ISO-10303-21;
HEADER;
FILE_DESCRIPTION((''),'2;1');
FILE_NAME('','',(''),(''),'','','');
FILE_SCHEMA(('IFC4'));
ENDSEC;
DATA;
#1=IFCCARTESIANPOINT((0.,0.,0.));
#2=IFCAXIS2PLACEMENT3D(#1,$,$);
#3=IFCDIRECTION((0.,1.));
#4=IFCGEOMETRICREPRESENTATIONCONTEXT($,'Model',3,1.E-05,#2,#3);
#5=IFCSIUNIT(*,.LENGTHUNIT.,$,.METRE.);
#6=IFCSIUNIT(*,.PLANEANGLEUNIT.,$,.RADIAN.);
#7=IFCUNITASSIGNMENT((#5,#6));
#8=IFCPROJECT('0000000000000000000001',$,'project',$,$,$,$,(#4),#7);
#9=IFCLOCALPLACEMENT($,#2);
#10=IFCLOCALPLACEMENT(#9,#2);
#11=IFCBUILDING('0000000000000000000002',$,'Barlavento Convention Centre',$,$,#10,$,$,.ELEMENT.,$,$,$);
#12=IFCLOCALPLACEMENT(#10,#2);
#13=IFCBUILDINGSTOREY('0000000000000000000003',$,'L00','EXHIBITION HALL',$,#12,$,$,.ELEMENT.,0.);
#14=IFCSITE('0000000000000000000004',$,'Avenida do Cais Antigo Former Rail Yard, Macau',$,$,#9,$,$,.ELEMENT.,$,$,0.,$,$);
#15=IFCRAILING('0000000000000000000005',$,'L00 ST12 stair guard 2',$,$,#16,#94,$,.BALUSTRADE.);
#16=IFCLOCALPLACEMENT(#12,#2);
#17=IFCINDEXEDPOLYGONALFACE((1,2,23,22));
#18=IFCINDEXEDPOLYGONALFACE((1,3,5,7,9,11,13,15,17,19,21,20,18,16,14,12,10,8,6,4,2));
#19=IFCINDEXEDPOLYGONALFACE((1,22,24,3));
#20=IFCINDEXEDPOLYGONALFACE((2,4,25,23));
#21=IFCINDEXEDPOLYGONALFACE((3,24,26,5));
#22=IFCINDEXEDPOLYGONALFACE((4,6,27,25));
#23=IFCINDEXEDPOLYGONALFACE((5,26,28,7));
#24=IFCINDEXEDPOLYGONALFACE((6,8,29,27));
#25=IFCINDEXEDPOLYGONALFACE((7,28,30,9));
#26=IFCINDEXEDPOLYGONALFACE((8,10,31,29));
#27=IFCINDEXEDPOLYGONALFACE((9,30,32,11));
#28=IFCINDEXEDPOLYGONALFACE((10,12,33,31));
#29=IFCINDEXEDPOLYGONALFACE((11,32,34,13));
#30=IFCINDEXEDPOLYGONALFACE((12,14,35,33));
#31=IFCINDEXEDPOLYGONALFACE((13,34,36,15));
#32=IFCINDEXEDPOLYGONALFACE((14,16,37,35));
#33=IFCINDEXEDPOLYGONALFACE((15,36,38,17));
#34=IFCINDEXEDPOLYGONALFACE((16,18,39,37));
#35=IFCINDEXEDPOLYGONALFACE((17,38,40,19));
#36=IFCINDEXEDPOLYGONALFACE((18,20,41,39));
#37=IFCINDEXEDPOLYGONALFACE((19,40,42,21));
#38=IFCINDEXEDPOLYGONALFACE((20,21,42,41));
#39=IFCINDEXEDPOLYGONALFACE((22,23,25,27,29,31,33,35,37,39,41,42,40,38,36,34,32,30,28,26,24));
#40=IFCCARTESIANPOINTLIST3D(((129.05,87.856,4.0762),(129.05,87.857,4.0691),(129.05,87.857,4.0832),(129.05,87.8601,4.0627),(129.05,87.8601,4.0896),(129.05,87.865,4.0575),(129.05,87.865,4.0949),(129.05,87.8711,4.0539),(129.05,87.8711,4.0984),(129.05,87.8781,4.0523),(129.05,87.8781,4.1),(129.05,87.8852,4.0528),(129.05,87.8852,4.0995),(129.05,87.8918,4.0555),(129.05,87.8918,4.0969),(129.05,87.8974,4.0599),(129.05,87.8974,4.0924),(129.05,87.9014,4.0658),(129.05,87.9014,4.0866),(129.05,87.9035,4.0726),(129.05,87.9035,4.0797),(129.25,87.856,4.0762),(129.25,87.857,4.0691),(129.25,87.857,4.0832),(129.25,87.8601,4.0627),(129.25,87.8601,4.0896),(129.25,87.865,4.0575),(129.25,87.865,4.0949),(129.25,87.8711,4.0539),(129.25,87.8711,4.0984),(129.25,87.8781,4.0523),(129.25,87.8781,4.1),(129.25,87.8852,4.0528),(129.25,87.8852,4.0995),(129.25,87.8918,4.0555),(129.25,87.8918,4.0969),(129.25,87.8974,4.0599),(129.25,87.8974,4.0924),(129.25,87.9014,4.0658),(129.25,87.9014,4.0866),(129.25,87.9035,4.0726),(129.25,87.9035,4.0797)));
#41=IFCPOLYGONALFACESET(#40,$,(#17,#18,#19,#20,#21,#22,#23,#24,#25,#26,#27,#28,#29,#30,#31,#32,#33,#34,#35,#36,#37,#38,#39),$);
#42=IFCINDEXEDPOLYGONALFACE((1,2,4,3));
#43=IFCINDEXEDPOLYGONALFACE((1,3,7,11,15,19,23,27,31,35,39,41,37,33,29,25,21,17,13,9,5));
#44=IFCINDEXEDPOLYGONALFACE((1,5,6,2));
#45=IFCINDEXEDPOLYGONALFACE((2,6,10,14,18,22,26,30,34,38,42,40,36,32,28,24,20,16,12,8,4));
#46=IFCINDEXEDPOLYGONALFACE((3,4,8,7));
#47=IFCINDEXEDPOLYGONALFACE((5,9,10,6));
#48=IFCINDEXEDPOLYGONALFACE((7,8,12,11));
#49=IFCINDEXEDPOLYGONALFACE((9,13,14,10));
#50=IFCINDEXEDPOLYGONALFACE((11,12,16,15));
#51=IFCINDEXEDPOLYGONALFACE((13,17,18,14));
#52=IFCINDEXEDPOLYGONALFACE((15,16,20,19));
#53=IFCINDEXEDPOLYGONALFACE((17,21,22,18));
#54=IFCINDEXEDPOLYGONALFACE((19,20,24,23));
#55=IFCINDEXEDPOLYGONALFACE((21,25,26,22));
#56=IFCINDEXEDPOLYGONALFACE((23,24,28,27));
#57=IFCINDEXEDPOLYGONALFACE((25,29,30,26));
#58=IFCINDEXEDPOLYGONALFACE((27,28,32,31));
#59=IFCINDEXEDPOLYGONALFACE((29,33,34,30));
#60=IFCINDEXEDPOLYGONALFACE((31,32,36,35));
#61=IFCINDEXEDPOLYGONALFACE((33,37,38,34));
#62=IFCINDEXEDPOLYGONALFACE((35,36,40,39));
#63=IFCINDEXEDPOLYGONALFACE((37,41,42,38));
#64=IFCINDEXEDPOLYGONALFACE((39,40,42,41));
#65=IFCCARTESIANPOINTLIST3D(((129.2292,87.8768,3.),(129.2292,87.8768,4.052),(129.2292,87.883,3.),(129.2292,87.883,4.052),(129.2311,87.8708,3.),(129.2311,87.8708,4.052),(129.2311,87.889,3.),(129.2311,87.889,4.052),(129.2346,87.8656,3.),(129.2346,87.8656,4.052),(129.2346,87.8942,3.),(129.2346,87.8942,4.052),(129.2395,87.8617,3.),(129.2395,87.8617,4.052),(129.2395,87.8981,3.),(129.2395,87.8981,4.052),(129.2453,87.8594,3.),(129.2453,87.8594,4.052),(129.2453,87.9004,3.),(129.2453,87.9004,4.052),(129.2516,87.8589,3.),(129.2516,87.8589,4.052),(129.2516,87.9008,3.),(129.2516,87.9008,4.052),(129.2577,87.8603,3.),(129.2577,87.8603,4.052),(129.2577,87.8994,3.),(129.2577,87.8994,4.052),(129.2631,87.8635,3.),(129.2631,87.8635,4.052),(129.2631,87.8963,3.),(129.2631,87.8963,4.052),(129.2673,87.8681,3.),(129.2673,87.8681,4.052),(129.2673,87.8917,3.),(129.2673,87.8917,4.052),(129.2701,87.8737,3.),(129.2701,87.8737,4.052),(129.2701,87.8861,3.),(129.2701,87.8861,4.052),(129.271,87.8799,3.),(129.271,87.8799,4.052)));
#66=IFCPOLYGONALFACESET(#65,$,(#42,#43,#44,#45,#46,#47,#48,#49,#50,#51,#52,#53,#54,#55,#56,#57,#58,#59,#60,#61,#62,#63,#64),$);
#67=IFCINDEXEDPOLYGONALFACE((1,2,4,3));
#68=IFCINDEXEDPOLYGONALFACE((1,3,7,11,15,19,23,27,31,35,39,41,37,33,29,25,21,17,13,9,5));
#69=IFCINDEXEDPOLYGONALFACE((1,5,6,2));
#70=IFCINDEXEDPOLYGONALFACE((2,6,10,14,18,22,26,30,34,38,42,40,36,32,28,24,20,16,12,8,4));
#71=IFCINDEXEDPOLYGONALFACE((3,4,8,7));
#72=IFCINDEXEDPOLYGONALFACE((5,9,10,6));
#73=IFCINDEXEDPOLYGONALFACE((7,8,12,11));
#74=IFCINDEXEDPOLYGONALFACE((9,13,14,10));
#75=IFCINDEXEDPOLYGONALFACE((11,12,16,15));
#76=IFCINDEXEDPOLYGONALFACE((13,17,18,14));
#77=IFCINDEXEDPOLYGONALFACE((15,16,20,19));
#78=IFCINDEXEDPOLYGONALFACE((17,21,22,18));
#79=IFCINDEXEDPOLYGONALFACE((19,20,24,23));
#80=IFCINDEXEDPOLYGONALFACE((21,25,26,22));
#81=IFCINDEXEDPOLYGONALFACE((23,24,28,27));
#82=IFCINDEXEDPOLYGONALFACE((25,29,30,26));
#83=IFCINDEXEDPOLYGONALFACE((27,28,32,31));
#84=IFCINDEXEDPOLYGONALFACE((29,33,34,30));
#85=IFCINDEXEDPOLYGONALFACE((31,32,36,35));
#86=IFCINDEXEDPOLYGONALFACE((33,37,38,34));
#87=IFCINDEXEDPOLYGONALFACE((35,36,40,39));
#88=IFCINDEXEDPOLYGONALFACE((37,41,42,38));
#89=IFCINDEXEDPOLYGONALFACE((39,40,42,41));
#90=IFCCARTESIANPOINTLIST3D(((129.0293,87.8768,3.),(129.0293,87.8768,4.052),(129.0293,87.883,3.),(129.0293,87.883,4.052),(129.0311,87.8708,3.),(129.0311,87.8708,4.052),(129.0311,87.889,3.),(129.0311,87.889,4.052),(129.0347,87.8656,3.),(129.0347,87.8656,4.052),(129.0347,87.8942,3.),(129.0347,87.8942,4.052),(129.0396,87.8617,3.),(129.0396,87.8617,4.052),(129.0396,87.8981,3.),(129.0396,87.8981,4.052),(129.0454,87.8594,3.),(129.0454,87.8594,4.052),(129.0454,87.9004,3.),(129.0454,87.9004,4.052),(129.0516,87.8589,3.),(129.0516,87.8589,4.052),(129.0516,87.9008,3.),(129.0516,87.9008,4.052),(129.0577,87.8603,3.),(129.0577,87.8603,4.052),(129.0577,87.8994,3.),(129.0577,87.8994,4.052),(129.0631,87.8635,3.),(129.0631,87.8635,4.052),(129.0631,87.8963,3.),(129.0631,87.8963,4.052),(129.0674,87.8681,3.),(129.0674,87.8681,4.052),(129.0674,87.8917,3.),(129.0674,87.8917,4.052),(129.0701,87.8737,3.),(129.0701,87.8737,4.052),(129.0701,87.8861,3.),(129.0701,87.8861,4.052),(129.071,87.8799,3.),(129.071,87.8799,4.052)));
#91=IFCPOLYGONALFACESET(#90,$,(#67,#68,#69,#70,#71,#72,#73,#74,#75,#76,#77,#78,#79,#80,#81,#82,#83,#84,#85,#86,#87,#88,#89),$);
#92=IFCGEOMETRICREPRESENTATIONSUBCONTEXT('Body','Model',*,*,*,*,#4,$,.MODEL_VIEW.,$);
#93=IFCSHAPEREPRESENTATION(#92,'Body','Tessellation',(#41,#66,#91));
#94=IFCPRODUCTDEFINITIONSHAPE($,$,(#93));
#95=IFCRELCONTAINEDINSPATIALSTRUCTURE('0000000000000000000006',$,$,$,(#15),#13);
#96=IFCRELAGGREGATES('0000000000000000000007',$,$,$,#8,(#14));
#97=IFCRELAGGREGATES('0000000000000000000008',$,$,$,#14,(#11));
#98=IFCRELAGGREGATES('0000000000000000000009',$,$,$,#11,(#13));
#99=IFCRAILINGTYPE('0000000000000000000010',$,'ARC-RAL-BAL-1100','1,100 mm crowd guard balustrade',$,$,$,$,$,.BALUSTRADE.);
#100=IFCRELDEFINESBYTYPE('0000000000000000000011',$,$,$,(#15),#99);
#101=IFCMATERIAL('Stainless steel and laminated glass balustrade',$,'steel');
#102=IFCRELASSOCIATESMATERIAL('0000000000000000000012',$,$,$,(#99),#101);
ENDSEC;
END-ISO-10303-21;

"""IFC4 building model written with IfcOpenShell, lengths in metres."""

from ifc_helpers import new_model, si_unit, direction, frame, origin, origin_2d, place, context, subcontext, project, spatial, circle, extrude, material, type_object, element, save


model = new_model("IFC4")

# Units and contexts
model_context = context("Model", 3, precision=1e-05, world=origin(), true_north=direction((0.0, 1.0)))
body_context = subcontext(model_context, "Body", "Model", "MODEL_VIEW")
ifc_project = project(units=[si_unit("LENGTHUNIT", "METRE"), si_unit("PLANEANGLEUNIT", "RADIAN")], contexts=[model_context])

# Site, building, storey
site_placement = place(None, origin())
site = spatial("IfcSite", under=ifc_project, at=site_placement, Name="Avenida do Cais Antigo Former Rail Yard, Macau", CompositionType="ELEMENT", RefElevation=0.0)
building_placement = place(site_placement, origin())
building = spatial("IfcBuilding", under=site, at=building_placement, Name="Barlavento Convention Centre", CompositionType="ELEMENT")
storey_placement = place(building_placement, origin())
storey = spatial("IfcBuildingStorey", under=building, at=storey_placement, Name="L00", Description="EXHIBITION HALL", CompositionType="ELEMENT", Elevation=0.0)

# Railing
ifc_material_1 = material(Name="Stainless steel and laminated glass balustrade", Category="steel")
railing_type_1 = type_object("IfcRailingType", Name="ARC-RAL-BAL-1100", Description="1,100 mm crowd guard balustrade", PredefinedType="BALUSTRADE", material=ifc_material_1)
railing_1_placement = place(storey_placement, frame((129.25, 87.8799, 3.0)))
element("IfcRailing", 1, at=railing_1_placement, inside=storey, type_object=railing_type_1, Name="L00 ST12 stair guard 2", PredefinedType="BALUSTRADE", context=body_context, shape_type="SweptSolid", body=[
    extrude(circle(Radius=0.0239, at=origin_2d()), frame((0.0, 0.0, 1.0762), z_axis=(-1.0, 0.0, 0.0), x_axis=(0.0, -1.0, 0.0)), (0.0, 0.0, 1.0), 0.2),
    extrude(circle(Radius=0.021, at=origin_2d()), origin(), (0.0, 0.0, 1.0), 1.052),
    extrude(circle(Radius=0.021, at=origin_2d()), frame((-0.2, 0.0, 0.0)), (0.0, 0.0, 1.0), 1.052),
])

save(model, "model.ifc")
